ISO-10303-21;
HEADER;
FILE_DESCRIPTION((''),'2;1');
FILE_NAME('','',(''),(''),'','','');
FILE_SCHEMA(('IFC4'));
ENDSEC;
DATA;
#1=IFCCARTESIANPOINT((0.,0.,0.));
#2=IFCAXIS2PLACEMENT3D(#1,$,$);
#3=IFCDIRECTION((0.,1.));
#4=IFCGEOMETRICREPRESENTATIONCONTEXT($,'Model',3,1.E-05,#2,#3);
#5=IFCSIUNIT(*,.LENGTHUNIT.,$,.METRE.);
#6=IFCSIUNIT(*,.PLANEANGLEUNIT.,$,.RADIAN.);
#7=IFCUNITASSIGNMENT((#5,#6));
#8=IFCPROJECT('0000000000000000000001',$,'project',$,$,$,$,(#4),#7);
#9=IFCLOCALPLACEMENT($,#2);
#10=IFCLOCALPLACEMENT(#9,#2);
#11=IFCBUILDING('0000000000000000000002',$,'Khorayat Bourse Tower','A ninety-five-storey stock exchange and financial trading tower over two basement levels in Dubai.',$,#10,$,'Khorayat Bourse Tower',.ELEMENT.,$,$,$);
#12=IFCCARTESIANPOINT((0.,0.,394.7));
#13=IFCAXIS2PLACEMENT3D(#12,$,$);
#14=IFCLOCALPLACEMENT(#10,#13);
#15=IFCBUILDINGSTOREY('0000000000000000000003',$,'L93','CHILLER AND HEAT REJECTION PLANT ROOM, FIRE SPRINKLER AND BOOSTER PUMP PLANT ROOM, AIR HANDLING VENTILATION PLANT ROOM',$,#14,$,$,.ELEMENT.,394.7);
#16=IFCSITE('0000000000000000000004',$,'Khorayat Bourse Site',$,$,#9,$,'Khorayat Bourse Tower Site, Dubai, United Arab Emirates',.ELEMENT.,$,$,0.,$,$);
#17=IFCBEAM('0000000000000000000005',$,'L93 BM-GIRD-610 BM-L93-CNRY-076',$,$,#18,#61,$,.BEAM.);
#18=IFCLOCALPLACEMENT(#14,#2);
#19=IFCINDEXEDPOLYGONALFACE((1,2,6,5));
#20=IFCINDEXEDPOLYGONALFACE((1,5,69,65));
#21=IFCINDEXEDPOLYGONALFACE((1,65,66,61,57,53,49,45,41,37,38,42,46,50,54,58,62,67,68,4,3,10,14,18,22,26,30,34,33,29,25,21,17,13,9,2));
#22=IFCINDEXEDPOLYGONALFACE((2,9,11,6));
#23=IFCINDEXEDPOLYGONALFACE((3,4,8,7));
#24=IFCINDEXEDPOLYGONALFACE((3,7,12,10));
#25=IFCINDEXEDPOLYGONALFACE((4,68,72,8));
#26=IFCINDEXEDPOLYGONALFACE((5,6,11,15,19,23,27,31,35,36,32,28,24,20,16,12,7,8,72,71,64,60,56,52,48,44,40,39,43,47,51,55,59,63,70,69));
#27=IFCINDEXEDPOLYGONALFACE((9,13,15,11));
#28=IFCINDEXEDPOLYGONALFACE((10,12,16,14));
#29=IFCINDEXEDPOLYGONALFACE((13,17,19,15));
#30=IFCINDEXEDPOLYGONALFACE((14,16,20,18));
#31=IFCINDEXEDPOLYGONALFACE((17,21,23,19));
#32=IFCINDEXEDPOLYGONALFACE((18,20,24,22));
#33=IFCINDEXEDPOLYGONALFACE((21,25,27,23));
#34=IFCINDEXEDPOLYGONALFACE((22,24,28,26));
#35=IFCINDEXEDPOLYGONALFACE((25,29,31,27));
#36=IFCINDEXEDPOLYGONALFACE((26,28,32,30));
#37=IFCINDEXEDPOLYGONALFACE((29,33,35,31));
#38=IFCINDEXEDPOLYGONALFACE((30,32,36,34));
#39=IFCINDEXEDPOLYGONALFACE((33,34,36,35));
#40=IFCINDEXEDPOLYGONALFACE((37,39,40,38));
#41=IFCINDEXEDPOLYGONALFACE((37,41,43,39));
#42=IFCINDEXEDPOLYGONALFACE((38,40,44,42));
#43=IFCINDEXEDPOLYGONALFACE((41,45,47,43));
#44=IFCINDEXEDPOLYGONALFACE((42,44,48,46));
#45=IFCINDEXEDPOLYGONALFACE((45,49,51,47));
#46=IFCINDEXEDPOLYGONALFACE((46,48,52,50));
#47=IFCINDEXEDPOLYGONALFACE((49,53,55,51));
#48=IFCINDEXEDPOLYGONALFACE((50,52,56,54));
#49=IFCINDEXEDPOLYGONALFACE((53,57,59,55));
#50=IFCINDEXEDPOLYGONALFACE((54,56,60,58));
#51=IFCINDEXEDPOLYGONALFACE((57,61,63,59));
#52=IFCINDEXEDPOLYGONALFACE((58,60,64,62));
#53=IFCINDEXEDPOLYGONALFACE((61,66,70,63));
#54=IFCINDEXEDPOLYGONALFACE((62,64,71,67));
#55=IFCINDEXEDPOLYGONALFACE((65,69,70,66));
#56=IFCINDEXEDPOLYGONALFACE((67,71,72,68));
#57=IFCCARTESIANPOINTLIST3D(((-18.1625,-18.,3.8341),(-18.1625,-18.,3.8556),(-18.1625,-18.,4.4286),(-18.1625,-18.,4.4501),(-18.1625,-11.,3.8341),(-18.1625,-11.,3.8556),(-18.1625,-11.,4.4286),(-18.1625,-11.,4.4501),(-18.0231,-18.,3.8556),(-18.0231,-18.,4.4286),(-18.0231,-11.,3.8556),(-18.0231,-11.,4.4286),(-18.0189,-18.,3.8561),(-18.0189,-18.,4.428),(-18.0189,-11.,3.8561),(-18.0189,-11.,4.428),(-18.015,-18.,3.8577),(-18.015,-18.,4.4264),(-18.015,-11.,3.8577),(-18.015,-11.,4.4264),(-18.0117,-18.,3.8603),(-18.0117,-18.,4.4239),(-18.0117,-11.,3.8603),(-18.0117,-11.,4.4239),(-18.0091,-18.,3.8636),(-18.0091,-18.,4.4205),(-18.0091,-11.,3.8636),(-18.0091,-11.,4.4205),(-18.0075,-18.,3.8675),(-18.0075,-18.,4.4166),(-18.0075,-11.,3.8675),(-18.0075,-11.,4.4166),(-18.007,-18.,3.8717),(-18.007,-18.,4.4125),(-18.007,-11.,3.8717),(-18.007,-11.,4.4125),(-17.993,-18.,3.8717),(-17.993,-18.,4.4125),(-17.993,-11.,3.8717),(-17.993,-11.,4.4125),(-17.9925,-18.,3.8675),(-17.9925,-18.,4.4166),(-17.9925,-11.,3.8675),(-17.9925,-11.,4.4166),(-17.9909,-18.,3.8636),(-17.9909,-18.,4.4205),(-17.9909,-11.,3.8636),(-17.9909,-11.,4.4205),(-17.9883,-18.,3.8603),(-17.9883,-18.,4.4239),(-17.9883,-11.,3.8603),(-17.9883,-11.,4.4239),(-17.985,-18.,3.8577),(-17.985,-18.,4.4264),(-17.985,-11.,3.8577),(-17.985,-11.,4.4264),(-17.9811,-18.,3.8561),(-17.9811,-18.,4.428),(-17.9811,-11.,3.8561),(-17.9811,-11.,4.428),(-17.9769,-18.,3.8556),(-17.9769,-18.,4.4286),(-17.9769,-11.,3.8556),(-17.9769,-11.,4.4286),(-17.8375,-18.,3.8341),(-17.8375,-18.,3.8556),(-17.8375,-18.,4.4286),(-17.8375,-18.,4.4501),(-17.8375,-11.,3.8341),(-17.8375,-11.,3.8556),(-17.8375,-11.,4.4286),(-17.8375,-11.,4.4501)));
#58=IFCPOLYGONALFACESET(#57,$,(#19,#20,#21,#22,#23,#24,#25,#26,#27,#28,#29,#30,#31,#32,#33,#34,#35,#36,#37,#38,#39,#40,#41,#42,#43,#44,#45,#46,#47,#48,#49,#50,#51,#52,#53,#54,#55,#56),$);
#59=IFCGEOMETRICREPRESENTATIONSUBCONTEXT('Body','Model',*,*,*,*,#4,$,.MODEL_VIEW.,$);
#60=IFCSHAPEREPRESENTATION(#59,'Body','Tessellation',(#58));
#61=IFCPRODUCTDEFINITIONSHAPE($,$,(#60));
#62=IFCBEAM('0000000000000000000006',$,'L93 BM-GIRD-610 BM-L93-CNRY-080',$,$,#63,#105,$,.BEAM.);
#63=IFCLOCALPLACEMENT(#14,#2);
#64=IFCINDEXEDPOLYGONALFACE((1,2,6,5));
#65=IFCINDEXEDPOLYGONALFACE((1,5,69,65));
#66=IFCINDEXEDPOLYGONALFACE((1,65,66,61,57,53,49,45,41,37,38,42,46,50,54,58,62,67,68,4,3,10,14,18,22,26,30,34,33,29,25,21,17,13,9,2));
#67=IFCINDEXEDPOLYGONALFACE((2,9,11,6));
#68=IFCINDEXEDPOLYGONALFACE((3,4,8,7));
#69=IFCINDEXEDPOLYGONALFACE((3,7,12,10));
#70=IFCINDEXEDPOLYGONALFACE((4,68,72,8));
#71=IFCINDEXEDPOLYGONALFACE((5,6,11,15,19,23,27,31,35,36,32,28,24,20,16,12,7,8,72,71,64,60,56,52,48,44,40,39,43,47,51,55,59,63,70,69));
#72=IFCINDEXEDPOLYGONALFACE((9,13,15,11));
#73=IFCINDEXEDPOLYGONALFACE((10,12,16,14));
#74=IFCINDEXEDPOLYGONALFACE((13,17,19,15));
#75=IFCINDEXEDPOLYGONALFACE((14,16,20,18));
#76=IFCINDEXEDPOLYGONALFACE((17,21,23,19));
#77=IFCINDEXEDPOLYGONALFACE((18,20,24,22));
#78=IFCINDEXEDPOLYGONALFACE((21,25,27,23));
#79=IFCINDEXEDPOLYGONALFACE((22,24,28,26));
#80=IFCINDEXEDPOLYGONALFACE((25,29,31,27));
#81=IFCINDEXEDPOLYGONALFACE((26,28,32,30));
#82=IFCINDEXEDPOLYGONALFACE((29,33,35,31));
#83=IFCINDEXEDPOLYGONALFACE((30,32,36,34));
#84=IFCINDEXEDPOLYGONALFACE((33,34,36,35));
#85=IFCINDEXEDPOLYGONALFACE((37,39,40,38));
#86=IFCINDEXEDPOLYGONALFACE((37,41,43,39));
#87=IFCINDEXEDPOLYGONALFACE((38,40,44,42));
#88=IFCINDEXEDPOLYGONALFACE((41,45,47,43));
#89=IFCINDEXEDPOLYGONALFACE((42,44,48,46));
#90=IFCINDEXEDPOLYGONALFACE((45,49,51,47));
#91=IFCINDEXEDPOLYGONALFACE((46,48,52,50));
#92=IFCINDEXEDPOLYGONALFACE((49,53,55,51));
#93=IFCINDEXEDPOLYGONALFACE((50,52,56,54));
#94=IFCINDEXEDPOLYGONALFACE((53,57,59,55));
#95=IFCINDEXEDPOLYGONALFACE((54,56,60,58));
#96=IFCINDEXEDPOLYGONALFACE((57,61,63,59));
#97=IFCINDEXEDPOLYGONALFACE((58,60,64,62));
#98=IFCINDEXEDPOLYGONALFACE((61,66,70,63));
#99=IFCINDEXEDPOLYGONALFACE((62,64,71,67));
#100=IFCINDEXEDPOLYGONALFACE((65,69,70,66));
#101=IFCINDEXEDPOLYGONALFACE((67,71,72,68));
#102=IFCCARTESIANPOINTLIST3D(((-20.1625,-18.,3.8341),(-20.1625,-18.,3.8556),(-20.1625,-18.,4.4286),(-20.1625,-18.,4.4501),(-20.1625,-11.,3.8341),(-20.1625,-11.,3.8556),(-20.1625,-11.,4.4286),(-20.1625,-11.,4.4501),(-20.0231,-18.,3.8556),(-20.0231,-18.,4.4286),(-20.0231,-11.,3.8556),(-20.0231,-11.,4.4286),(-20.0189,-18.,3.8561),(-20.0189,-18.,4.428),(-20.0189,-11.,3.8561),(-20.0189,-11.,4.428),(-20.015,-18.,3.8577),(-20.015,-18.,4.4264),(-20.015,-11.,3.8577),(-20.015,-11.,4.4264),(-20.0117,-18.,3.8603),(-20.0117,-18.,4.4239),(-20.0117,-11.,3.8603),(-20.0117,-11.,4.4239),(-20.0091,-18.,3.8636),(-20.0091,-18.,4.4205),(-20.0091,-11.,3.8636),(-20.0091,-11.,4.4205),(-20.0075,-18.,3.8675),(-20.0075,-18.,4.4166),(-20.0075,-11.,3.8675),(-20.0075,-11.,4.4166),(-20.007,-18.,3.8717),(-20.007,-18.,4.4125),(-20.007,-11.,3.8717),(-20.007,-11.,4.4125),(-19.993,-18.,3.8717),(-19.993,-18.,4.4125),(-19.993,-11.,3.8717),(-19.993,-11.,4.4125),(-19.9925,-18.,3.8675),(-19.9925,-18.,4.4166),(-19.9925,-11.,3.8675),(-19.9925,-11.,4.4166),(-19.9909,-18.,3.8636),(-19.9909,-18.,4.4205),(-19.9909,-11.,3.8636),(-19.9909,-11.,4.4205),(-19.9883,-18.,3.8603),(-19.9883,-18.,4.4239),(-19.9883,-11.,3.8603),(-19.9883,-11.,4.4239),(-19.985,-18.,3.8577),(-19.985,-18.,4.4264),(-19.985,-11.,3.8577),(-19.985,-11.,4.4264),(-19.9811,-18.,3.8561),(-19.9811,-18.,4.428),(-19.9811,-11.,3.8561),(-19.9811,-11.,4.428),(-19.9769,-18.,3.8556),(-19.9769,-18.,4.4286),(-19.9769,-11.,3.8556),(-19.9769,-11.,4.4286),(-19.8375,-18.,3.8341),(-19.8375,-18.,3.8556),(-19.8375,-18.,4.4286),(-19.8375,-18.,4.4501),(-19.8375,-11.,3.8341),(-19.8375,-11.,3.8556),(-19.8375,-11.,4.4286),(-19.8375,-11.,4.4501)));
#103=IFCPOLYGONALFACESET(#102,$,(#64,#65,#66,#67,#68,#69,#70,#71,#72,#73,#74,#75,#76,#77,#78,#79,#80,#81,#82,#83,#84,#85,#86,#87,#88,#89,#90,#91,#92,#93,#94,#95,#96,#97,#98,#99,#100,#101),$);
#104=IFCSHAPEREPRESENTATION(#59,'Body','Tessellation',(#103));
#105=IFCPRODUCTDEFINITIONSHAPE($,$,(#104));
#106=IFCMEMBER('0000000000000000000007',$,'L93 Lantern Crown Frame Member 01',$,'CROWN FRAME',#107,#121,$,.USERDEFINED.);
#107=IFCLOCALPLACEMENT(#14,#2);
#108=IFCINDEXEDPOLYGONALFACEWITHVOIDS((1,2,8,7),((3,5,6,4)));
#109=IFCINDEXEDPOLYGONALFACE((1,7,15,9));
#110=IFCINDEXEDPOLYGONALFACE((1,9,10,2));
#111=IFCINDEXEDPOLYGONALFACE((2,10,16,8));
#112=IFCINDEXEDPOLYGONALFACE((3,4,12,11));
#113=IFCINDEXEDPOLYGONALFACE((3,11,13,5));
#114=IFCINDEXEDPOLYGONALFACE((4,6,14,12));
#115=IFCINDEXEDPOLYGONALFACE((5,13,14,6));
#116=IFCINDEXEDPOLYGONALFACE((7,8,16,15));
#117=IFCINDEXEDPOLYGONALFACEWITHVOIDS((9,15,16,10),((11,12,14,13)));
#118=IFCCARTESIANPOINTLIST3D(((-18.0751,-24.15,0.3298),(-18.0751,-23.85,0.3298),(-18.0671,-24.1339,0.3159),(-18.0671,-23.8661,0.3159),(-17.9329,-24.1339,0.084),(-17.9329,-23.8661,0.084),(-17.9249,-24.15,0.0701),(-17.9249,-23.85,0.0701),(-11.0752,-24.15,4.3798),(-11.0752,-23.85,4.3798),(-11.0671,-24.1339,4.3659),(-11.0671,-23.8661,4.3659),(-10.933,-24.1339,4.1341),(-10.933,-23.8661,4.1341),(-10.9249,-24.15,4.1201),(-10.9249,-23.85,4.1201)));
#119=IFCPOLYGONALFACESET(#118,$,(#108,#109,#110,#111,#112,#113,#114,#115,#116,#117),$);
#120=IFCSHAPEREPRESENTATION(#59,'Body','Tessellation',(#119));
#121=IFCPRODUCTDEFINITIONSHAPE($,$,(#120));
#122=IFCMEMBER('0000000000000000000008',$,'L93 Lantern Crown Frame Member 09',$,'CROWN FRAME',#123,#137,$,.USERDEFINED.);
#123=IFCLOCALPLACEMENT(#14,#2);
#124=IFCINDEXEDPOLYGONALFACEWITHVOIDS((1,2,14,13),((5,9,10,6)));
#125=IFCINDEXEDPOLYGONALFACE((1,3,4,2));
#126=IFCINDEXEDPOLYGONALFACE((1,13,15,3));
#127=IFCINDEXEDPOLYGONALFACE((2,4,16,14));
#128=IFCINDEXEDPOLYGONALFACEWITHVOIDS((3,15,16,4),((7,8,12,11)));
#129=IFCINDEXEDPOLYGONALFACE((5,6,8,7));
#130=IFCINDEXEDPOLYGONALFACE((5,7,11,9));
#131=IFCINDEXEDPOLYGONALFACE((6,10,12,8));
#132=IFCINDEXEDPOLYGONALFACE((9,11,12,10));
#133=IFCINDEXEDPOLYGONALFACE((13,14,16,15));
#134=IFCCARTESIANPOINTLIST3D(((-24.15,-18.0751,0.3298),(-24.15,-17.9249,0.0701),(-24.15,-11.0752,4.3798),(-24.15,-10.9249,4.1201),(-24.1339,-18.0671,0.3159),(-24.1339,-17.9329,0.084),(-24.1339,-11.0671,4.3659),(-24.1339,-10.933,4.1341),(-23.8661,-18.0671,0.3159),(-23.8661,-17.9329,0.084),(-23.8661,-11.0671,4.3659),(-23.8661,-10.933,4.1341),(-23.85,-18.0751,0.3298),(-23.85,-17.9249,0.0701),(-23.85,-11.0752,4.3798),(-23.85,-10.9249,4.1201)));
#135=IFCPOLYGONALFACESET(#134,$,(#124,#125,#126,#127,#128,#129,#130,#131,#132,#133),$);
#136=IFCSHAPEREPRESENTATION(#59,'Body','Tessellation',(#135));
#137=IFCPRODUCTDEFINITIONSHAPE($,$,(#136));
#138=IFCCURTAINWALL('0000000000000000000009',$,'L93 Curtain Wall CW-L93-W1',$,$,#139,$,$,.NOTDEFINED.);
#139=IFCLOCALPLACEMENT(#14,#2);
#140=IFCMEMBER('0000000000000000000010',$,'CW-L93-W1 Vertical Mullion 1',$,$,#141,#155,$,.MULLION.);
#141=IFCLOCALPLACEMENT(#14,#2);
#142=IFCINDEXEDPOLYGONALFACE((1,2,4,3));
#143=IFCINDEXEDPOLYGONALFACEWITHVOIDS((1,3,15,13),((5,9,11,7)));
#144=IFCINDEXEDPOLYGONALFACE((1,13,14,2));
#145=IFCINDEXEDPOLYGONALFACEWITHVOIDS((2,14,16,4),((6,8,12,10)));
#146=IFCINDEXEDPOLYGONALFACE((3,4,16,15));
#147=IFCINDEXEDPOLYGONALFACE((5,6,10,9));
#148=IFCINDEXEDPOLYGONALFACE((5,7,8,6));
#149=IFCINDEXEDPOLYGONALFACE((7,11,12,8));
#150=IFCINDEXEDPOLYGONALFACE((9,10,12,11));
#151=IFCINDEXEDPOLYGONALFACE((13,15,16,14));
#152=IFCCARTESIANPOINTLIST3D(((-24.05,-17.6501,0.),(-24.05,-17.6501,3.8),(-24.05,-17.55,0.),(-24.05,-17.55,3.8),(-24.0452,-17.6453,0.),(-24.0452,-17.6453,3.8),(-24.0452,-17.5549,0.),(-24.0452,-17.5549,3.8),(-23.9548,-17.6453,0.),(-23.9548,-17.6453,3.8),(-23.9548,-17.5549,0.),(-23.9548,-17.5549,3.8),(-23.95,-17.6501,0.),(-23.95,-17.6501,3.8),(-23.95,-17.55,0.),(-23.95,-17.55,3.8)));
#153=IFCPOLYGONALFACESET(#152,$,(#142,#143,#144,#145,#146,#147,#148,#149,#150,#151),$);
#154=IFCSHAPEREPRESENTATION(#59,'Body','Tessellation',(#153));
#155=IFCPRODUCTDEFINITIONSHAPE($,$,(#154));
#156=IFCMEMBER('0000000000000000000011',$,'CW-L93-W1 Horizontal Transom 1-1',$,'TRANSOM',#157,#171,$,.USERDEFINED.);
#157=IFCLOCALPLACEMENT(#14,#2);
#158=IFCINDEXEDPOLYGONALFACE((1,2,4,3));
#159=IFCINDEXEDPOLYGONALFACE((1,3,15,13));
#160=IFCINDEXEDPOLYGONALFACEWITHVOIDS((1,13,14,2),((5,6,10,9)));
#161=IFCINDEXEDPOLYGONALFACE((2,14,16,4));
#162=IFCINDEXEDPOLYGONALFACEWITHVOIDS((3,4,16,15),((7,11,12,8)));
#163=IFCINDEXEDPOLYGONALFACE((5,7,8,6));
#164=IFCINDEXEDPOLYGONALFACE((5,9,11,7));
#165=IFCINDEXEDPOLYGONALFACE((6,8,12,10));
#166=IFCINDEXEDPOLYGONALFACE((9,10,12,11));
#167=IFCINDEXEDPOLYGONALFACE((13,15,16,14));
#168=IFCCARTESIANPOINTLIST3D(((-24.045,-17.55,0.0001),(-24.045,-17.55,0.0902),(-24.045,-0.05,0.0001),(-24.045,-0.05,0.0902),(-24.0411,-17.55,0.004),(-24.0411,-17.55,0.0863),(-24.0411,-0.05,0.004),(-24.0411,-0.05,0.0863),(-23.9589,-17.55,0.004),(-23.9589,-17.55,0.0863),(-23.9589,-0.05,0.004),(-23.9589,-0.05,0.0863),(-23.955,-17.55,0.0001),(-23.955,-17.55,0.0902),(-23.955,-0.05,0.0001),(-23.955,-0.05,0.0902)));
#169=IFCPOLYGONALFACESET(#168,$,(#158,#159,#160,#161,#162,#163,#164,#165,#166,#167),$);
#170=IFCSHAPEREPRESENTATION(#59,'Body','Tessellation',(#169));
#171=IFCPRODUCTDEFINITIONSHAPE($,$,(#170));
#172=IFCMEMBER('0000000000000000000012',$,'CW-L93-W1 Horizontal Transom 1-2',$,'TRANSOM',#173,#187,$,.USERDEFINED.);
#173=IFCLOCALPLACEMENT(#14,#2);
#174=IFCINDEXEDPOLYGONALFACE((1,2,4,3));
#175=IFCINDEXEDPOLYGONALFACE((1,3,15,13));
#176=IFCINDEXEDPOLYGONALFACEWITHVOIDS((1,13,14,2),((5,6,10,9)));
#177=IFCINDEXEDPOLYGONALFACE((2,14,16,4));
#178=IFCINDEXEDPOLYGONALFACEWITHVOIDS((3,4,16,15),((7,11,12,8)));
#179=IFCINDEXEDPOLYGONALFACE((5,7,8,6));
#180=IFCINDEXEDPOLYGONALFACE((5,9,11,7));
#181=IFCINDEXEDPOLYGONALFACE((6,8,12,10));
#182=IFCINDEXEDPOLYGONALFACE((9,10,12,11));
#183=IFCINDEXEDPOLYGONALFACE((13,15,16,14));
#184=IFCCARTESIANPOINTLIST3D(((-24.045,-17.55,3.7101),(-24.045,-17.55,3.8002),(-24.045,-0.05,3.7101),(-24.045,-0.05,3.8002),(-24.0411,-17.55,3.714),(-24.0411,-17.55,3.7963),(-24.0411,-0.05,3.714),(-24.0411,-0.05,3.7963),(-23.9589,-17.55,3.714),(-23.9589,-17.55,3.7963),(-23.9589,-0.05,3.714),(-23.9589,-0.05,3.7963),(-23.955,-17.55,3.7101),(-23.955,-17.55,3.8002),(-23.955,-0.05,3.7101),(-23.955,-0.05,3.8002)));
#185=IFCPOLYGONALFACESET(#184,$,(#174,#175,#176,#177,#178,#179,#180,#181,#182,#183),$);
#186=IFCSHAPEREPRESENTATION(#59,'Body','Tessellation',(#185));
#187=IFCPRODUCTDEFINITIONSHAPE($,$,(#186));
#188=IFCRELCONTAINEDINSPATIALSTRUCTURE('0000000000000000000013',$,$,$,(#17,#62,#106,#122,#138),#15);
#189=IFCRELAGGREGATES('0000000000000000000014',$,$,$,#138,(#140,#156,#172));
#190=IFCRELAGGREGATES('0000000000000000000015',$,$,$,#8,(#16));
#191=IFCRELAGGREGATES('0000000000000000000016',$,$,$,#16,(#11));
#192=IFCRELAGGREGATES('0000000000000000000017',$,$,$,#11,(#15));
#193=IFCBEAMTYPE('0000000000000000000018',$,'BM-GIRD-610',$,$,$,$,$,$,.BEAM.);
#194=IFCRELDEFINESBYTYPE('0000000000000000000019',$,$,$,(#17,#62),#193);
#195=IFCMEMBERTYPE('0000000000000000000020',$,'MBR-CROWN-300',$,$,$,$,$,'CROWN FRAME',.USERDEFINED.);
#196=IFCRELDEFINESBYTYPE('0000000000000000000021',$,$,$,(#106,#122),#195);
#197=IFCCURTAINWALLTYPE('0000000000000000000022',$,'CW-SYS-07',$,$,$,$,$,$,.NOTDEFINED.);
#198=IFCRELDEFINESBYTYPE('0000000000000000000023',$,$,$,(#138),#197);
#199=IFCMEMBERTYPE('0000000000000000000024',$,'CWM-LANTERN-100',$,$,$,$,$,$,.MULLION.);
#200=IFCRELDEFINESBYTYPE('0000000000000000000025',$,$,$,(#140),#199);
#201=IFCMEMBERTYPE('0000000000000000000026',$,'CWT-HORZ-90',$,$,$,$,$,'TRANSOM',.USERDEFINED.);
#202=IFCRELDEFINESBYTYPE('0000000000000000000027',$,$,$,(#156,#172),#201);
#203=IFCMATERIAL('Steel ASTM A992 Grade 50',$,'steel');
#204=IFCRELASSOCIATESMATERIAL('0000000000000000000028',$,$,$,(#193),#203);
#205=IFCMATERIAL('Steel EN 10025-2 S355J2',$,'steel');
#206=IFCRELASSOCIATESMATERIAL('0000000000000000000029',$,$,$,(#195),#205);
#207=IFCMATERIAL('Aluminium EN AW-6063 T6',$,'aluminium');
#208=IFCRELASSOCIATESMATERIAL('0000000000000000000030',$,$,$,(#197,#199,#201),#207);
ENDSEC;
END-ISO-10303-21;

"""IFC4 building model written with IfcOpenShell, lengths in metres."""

from ifc_helpers import new_model, si_unit, direction, frame, origin, origin_2d, place, context, subcontext, project, spatial, hollow_rectangle, i_section, extrude, source, transform, mapped, material, material_profile, profile_set, type_object, element, aggregate, save


model = new_model("IFC4")

# Units and contexts
model_context = context("Model", 3, precision=1e-05, world=origin(), true_north=direction((0.0, 1.0)))
body_context = subcontext(model_context, "Body", "Model", "MODEL_VIEW")
ifc_project = project(units=[si_unit("LENGTHUNIT", "METRE"), si_unit("PLANEANGLEUNIT", "RADIAN")], contexts=[model_context])

# Site, building, storey
site_placement = place(None, origin())
site = spatial("IfcSite", under=ifc_project, at=site_placement, Name="Khorayat Bourse Site", LongName="Khorayat Bourse Tower Site, Dubai, United Arab Emirates", CompositionType="ELEMENT", RefElevation=0.0)
building_placement = place(site_placement, origin())
building = spatial("IfcBuilding", under=site, at=building_placement, Name="Khorayat Bourse Tower", Description="A ninety-five-storey stock exchange and financial trading tower over two basement levels in Dubai.", LongName="Khorayat Bourse Tower", CompositionType="ELEMENT")
storey_placement = place(building_placement, frame((0.0, 0.0, 394.7)))
storey = spatial("IfcBuildingStorey", under=building, at=storey_placement, Name="L93", Description="CHILLER AND HEAT REJECTION PLANT ROOM, FIRE SPRINKLER AND BOOSTER PUMP PLANT ROOM, AIR HANDLING VENTILATION PLANT ROOM", CompositionType="ELEMENT", Elevation=394.7)

# Shared definitions
ifc_material_1 = material(Name="Steel EN 10025-2 S355J2", Category="steel")

# Beams
ifc_material_2 = material(Name="Steel ASTM A992 Grade 50", Category="steel")
ifc_material_profile_1 = material_profile(ifc_material_2, i_section(OverallWidth=0.325, OverallDepth=0.616, WebThickness=0.0139, FlangeThickness=0.0215, FilletRadius=0.0161, at=origin_2d()), Name="W610X174")
ifc_profile_set_1 = profile_set([ifc_material_profile_1], Name="Steel ASTM A992 Grade 50")
beam_type_1 = type_object("IfcBeamType", Name="BM-GIRD-610", PredefinedType="BEAM", material=ifc_profile_set_1)
shared_shape_1 = source(origin(), body_context, "Body", "SweptSolid", [
    extrude(i_section(OverallWidth=0.325, OverallDepth=0.616, WebThickness=0.0139, FlangeThickness=0.0215, FilletRadius=0.0161, at=origin_2d()), origin(), (0.0, 0.0, 1.0), 7.0),
])
for number, where, z_axis, x_axis, name in (
    (1, (-18.0, -18.0, 4.1421), (0.0, 1.0, 0.0), (-1.0, 0.0, 0.0), "L93 BM-GIRD-610 BM-L93-CNRY-076"),
    (2, (-20.0, -18.0, 4.1421), (0.0, 1.0, 0.0), (-1.0, 0.0, 0.0), "L93 BM-GIRD-610 BM-L93-CNRY-080"),
):
    element("IfcBeam", number, at=place(storey_placement, frame(where, z_axis=z_axis, x_axis=x_axis)), inside=storey, type_object=beam_type_1, Name=name, PredefinedType="BEAM", context=body_context, shape_type="MappedRepresentation", body=[
        mapped(shared_shape_1, transform((0.0, 0.0, 0.0), scale=1.0)),
    ])

# Members
ifc_material_profile_2 = material_profile(ifc_material_1, hollow_rectangle(XDim=0.3, YDim=0.3, WallThickness=0.0161, at=origin_2d()), Name="HSS 300x300x16")
ifc_profile_set_2 = profile_set([ifc_material_profile_2], Name="Steel EN 10025-2 S355J2")
member_type_1 = type_object("IfcMemberType", Name="MBR-CROWN-300", ElementType="CROWN FRAME", PredefinedType="USERDEFINED", material=ifc_profile_set_2)
shared_shape_2 = source(origin(), body_context, "Body", "SweptSolid", [
    extrude(hollow_rectangle(XDim=0.3, YDim=0.3, WallThickness=0.0161, at=origin_2d()), origin(), (0.0, 0.0, 1.0), 8.0872),
])
for number, where, z_axis, x_axis, name in (
    (3, (-18.0, -24.0, 0.2), (0.865565, 0.0, 0.500797), (0.0, 1.0, 0.0), "L93 Lantern Crown Frame Member 01"),
    (4, (-24.0, -18.0, 0.2), (0.0, 0.865565, 0.500797), (-1.0, 0.0, 0.0), "L93 Lantern Crown Frame Member 09"),
):
    element("IfcMember", number, at=place(storey_placement, frame(where, z_axis=z_axis, x_axis=x_axis)), inside=storey, type_object=member_type_1, Name=name, ObjectType="CROWN FRAME", PredefinedType="USERDEFINED", context=body_context, shape_type="MappedRepresentation", body=[
        mapped(shared_shape_2, transform((0.0, 0.0, 0.0), scale=1.0)),
    ])

# Curtain wall, members
ifc_material_3 = material(Name="Aluminium EN AW-6063 T6", Category="aluminium")
curtain_wall_type = type_object("IfcCurtainWallType", Name="CW-SYS-07", PredefinedType="NOTDEFINED", material=ifc_material_3)
curtain_wall_placement = place(storey_placement, origin())
curtain_wall = element("IfcCurtainWall", 5, at=curtain_wall_placement, inside=storey, type_object=curtain_wall_type, Name="L93 Curtain Wall CW-L93-W1", PredefinedType="NOTDEFINED")
ifc_material_profile_3 = material_profile(ifc_material_3, hollow_rectangle(XDim=0.1001, YDim=0.1001, WallThickness=0.0049, at=origin_2d()), Name="ALU 100x100x5")
ifc_profile_set_3 = profile_set([ifc_material_profile_3], Name="Aluminium EN AW-6063 T6")
member_type_2 = type_object("IfcMemberType", Name="CWM-LANTERN-100", PredefinedType="MULLION", material=ifc_profile_set_3)
shared_shape_3 = source(origin(), body_context, "Body", "SweptSolid", [
    extrude(hollow_rectangle(XDim=0.1001, YDim=0.1001, WallThickness=0.0049, at=origin_2d()), origin(), (0.0, 0.0, 1.0), 3.8),
])
member_1_placement = place(storey_placement, frame((-24.0, -17.6001, 0.0), z_axis=(0.0, 0.0, 1.0), x_axis=(-1.0, 0.0, 0.0)))
member_1 = element("IfcMember", 6, at=member_1_placement, type_object=member_type_2, Name="CW-L93-W1 Vertical Mullion 1", PredefinedType="MULLION", context=body_context, shape_type="MappedRepresentation", body=[
    mapped(shared_shape_3, transform((0.0, 0.0, 0.0), scale=1.0)),
])
ifc_material_profile_4 = material_profile(ifc_material_3, hollow_rectangle(XDim=0.0901, YDim=0.0901, WallThickness=0.0039, at=origin_2d()), Name="ALU 90x90x4")
ifc_profile_set_4 = profile_set([ifc_material_profile_4], Name="Aluminium EN AW-6063 T6")
member_type_3 = type_object("IfcMemberType", Name="CWT-HORZ-90", ElementType="TRANSOM", PredefinedType="USERDEFINED", material=ifc_profile_set_4)
shared_shape_4 = source(origin(), body_context, "Body", "SweptSolid", [
    extrude(hollow_rectangle(XDim=0.0901, YDim=0.0901, WallThickness=0.0039, at=origin_2d()), origin(), (0.0, 0.0, 1.0), 17.5),
])
member_2_placement = place(storey_placement, frame((-24.0, -17.55, 0.0452), z_axis=(0.0, 1.0, 0.0), x_axis=(-1.0, 0.0, 0.0)))
member_2 = element("IfcMember", 7, at=member_2_placement, type_object=member_type_3, Name="CW-L93-W1 Horizontal Transom 1-1", ObjectType="TRANSOM", PredefinedType="USERDEFINED", context=body_context, shape_type="MappedRepresentation", body=[
    mapped(shared_shape_4, transform((0.0, 0.0, 0.0), scale=1.0)),
])
member_3_placement = place(storey_placement, frame((-24.0, -17.55, 3.7551), z_axis=(0.0, 1.0, 0.0), x_axis=(-1.0, 0.0, 0.0)))
member_3 = element("IfcMember", 8, at=member_3_placement, type_object=member_type_3, Name="CW-L93-W1 Horizontal Transom 1-2", ObjectType="TRANSOM", PredefinedType="USERDEFINED", context=body_context, shape_type="MappedRepresentation", body=[
    mapped(shared_shape_4, transform((0.0, 0.0, 0.0), scale=1.0)),
])
aggregate(curtain_wall, [member_1, member_2, member_3])

save(model, "model.ifc")
